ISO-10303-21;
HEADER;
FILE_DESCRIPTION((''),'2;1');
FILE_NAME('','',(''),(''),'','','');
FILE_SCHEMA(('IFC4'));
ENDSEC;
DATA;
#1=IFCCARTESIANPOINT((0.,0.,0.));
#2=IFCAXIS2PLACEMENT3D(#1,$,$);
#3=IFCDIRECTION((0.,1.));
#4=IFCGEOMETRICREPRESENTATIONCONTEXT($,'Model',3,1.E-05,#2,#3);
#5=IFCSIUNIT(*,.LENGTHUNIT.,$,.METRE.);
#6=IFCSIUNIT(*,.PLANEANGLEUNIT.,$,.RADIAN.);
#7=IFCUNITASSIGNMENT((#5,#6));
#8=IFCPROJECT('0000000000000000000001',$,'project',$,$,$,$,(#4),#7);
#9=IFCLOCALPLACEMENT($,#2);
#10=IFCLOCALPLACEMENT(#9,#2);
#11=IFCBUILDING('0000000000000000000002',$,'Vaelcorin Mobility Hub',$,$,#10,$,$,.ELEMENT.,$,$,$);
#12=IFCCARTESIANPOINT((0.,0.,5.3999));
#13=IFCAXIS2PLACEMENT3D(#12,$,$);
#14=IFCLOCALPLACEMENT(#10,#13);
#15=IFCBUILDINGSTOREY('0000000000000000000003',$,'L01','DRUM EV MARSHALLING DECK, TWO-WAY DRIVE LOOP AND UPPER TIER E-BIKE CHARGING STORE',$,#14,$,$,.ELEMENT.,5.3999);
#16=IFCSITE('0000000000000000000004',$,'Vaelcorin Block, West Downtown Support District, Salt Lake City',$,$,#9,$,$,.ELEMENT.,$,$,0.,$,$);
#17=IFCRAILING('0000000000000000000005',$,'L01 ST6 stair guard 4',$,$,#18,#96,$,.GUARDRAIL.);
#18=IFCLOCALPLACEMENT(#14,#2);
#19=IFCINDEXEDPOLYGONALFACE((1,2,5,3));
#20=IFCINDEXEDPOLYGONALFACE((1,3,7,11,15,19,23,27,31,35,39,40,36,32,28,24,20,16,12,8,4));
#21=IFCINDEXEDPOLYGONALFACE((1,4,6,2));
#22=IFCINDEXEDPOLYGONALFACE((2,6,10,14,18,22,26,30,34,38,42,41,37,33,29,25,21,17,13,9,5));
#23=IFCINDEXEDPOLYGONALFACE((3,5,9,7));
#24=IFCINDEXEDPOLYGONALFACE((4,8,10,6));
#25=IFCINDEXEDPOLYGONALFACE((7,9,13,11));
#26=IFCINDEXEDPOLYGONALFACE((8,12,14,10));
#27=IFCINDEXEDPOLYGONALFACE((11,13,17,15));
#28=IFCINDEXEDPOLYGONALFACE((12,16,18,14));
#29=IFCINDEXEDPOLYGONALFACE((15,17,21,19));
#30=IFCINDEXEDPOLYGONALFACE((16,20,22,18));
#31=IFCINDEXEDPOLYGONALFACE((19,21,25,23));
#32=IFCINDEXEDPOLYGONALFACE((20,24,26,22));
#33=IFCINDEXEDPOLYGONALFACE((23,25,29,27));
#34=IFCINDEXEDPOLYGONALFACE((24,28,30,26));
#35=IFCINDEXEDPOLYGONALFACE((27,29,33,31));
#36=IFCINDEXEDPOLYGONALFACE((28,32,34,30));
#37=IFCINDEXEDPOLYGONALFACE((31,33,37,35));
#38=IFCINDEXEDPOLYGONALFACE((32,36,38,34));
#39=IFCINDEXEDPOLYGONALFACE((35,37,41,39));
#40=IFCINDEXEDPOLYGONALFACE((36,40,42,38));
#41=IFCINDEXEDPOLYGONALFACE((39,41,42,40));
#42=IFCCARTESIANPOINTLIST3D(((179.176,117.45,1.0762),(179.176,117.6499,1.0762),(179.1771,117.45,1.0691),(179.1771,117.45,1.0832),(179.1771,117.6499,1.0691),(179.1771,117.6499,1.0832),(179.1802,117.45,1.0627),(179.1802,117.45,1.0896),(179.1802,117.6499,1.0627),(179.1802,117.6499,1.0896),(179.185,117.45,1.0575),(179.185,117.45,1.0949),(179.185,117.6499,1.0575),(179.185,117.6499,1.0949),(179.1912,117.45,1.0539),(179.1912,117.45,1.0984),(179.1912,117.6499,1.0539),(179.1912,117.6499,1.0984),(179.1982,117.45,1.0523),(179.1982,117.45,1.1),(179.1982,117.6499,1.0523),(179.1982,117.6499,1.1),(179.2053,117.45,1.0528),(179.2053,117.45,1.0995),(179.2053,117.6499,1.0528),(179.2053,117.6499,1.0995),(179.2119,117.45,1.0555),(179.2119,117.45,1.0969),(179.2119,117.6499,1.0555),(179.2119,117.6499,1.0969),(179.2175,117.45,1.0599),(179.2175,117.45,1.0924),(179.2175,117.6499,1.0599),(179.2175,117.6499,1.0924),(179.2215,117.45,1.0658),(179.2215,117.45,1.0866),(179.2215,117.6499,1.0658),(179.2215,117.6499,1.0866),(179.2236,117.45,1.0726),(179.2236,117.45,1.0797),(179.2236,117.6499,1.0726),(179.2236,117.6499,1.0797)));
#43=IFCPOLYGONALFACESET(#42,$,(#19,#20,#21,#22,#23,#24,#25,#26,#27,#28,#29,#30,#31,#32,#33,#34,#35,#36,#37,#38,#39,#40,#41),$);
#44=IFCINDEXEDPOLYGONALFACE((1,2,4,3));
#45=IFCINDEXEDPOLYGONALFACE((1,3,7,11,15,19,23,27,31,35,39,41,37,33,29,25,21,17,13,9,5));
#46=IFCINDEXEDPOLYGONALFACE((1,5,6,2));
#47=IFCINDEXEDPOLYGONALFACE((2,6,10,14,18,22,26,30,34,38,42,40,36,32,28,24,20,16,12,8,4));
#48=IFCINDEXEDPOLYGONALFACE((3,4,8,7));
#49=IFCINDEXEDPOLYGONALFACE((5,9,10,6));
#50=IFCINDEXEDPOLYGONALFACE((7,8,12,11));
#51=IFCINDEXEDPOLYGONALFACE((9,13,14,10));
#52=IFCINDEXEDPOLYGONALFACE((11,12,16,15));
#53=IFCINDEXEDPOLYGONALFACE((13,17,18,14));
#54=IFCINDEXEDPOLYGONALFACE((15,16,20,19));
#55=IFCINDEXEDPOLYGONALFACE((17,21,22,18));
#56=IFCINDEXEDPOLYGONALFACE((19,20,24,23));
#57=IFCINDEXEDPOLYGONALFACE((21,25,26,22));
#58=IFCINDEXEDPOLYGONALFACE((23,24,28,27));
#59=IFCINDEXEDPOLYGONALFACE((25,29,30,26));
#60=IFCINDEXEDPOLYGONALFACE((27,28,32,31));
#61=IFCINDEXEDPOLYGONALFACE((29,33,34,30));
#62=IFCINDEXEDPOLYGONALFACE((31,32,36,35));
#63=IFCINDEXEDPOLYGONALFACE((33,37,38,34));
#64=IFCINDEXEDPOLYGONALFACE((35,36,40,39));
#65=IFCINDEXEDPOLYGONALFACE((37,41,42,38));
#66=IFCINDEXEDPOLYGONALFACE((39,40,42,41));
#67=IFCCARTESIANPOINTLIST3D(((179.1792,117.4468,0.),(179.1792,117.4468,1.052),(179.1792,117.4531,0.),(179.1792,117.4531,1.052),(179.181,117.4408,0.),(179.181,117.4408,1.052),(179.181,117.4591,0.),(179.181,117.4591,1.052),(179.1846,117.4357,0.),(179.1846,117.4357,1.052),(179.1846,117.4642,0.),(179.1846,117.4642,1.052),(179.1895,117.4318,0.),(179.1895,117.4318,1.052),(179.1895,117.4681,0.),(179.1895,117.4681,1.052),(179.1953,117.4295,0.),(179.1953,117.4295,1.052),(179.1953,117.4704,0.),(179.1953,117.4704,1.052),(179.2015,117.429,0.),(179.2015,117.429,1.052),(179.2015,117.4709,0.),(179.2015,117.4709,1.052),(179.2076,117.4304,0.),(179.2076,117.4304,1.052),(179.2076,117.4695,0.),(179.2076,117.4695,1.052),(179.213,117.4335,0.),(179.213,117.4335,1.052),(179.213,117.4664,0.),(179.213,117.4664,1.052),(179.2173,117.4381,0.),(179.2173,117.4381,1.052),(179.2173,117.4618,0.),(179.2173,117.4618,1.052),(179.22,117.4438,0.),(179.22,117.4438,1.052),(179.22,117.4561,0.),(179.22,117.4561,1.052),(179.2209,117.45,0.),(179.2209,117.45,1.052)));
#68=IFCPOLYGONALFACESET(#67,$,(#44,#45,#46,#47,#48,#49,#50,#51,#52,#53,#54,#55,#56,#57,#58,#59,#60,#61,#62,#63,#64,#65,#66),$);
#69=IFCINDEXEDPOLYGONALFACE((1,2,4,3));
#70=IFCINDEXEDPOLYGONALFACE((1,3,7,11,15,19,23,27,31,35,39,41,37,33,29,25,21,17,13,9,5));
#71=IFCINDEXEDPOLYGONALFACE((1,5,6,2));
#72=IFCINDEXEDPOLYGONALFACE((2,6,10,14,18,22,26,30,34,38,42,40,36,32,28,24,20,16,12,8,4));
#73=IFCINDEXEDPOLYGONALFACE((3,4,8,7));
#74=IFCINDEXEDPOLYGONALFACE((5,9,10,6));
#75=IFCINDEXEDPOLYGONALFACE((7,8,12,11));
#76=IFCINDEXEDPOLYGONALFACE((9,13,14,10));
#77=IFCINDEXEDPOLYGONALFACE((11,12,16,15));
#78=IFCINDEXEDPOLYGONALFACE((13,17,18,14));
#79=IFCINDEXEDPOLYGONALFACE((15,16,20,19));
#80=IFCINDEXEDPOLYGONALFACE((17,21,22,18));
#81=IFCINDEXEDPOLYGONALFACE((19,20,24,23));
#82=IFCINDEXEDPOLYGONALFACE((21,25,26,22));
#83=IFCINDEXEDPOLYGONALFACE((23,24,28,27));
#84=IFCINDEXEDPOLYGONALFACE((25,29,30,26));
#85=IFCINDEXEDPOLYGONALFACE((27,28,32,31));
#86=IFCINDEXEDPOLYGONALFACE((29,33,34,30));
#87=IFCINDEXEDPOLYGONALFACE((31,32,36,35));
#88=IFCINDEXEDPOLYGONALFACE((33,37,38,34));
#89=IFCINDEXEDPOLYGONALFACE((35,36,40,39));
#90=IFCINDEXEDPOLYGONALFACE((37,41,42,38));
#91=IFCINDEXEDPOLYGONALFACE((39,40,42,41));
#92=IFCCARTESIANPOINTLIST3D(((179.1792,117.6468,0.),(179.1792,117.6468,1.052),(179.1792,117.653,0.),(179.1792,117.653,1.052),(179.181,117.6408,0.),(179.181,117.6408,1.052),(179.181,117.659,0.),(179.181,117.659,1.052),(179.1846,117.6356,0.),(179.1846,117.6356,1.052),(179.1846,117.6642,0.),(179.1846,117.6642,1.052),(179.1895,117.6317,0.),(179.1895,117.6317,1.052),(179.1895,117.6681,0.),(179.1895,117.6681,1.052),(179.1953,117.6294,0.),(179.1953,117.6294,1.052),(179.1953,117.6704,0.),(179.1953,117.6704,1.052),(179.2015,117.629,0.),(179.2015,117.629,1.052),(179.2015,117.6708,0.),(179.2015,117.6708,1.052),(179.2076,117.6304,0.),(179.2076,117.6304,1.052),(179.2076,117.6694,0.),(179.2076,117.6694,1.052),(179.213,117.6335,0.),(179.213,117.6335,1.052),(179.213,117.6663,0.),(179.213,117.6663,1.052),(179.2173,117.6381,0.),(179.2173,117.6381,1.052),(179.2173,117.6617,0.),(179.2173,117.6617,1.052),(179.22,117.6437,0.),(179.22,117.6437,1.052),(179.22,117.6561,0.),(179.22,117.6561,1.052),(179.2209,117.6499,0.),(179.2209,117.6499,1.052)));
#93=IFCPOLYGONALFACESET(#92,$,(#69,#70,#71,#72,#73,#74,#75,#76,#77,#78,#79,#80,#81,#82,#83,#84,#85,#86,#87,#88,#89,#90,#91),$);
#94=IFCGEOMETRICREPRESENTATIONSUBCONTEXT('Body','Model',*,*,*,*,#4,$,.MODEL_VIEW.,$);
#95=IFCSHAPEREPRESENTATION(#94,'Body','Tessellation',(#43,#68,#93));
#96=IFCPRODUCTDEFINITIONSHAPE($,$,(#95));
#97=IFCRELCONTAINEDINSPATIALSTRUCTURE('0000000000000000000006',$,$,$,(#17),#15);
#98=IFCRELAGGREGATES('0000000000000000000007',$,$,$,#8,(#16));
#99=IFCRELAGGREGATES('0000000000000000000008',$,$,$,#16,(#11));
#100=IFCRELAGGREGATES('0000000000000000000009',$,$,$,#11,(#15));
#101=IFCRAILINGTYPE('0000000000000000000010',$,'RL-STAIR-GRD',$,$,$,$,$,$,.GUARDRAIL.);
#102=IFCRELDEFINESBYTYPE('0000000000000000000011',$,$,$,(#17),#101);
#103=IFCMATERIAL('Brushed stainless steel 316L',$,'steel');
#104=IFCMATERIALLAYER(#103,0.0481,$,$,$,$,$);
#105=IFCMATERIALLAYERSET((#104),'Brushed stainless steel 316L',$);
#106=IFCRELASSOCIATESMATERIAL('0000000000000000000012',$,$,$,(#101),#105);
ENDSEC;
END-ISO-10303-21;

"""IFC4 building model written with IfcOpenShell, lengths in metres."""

from ifc_helpers import new_model, si_unit, direction, frame, origin, origin_2d, place, context, subcontext, project, spatial, circle, extrude, material, layer, layer_set, type_object, element, save


model = new_model("IFC4")

# Units and contexts
model_context = context("Model", 3, precision=1e-05, world=origin(), true_north=direction((0.0, 1.0)))
body_context = subcontext(model_context, "Body", "Model", "MODEL_VIEW")
ifc_project = project(units=[si_unit("LENGTHUNIT", "METRE"), si_unit("PLANEANGLEUNIT", "RADIAN")], contexts=[model_context])

# Site, building, storey
site_placement = place(None, origin())
site = spatial("IfcSite", under=ifc_project, at=site_placement, Name="Vaelcorin Block, West Downtown Support District, Salt Lake City", CompositionType="ELEMENT", RefElevation=0.0)
building_placement = place(site_placement, origin())
building = spatial("IfcBuilding", under=site, at=building_placement, Name="Vaelcorin Mobility Hub", CompositionType="ELEMENT")
storey_placement = place(building_placement, frame((0.0, 0.0, 5.3999)))
storey = spatial("IfcBuildingStorey", under=building, at=storey_placement, Name="L01", Description="DRUM EV MARSHALLING DECK, TWO-WAY DRIVE LOOP AND UPPER TIER E-BIKE CHARGING STORE", CompositionType="ELEMENT", Elevation=5.3999)

# Railing
ifc_material_1 = material(Name="Brushed stainless steel 316L", Category="steel")
ifc_layer_1 = layer(ifc_material_1, 0.0481)
ifc_layer_set_1 = layer_set([ifc_layer_1], Name="Brushed stainless steel 316L")
railing_type_1 = type_object("IfcRailingType", Name="RL-STAIR-GRD", PredefinedType="GUARDRAIL", material=ifc_layer_set_1)
railing_1_placement = place(storey_placement, frame((179.2, 117.45, 0.0)))
element("IfcRailing", 1, at=railing_1_placement, inside=storey, type_object=railing_type_1, Name="L01 ST6 stair guard 4", PredefinedType="GUARDRAIL", context=body_context, shape_type="SweptSolid", body=[
    extrude(circle(Radius=0.0239, at=origin_2d()), frame((0.0, 0.0, 1.0762), z_axis=(0.0, 1.0, 0.0), x_axis=(-1.0, 0.0, 0.0)), (0.0, 0.0, 1.0), 0.2),
    extrude(circle(Radius=0.021, at=origin_2d()), origin(), (0.0, 0.0, 1.0), 1.052),
    extrude(circle(Radius=0.021, at=origin_2d()), frame((0.0, 0.2, 0.0)), (0.0, 0.0, 1.0), 1.052),
])

save(model, "model.ifc")
